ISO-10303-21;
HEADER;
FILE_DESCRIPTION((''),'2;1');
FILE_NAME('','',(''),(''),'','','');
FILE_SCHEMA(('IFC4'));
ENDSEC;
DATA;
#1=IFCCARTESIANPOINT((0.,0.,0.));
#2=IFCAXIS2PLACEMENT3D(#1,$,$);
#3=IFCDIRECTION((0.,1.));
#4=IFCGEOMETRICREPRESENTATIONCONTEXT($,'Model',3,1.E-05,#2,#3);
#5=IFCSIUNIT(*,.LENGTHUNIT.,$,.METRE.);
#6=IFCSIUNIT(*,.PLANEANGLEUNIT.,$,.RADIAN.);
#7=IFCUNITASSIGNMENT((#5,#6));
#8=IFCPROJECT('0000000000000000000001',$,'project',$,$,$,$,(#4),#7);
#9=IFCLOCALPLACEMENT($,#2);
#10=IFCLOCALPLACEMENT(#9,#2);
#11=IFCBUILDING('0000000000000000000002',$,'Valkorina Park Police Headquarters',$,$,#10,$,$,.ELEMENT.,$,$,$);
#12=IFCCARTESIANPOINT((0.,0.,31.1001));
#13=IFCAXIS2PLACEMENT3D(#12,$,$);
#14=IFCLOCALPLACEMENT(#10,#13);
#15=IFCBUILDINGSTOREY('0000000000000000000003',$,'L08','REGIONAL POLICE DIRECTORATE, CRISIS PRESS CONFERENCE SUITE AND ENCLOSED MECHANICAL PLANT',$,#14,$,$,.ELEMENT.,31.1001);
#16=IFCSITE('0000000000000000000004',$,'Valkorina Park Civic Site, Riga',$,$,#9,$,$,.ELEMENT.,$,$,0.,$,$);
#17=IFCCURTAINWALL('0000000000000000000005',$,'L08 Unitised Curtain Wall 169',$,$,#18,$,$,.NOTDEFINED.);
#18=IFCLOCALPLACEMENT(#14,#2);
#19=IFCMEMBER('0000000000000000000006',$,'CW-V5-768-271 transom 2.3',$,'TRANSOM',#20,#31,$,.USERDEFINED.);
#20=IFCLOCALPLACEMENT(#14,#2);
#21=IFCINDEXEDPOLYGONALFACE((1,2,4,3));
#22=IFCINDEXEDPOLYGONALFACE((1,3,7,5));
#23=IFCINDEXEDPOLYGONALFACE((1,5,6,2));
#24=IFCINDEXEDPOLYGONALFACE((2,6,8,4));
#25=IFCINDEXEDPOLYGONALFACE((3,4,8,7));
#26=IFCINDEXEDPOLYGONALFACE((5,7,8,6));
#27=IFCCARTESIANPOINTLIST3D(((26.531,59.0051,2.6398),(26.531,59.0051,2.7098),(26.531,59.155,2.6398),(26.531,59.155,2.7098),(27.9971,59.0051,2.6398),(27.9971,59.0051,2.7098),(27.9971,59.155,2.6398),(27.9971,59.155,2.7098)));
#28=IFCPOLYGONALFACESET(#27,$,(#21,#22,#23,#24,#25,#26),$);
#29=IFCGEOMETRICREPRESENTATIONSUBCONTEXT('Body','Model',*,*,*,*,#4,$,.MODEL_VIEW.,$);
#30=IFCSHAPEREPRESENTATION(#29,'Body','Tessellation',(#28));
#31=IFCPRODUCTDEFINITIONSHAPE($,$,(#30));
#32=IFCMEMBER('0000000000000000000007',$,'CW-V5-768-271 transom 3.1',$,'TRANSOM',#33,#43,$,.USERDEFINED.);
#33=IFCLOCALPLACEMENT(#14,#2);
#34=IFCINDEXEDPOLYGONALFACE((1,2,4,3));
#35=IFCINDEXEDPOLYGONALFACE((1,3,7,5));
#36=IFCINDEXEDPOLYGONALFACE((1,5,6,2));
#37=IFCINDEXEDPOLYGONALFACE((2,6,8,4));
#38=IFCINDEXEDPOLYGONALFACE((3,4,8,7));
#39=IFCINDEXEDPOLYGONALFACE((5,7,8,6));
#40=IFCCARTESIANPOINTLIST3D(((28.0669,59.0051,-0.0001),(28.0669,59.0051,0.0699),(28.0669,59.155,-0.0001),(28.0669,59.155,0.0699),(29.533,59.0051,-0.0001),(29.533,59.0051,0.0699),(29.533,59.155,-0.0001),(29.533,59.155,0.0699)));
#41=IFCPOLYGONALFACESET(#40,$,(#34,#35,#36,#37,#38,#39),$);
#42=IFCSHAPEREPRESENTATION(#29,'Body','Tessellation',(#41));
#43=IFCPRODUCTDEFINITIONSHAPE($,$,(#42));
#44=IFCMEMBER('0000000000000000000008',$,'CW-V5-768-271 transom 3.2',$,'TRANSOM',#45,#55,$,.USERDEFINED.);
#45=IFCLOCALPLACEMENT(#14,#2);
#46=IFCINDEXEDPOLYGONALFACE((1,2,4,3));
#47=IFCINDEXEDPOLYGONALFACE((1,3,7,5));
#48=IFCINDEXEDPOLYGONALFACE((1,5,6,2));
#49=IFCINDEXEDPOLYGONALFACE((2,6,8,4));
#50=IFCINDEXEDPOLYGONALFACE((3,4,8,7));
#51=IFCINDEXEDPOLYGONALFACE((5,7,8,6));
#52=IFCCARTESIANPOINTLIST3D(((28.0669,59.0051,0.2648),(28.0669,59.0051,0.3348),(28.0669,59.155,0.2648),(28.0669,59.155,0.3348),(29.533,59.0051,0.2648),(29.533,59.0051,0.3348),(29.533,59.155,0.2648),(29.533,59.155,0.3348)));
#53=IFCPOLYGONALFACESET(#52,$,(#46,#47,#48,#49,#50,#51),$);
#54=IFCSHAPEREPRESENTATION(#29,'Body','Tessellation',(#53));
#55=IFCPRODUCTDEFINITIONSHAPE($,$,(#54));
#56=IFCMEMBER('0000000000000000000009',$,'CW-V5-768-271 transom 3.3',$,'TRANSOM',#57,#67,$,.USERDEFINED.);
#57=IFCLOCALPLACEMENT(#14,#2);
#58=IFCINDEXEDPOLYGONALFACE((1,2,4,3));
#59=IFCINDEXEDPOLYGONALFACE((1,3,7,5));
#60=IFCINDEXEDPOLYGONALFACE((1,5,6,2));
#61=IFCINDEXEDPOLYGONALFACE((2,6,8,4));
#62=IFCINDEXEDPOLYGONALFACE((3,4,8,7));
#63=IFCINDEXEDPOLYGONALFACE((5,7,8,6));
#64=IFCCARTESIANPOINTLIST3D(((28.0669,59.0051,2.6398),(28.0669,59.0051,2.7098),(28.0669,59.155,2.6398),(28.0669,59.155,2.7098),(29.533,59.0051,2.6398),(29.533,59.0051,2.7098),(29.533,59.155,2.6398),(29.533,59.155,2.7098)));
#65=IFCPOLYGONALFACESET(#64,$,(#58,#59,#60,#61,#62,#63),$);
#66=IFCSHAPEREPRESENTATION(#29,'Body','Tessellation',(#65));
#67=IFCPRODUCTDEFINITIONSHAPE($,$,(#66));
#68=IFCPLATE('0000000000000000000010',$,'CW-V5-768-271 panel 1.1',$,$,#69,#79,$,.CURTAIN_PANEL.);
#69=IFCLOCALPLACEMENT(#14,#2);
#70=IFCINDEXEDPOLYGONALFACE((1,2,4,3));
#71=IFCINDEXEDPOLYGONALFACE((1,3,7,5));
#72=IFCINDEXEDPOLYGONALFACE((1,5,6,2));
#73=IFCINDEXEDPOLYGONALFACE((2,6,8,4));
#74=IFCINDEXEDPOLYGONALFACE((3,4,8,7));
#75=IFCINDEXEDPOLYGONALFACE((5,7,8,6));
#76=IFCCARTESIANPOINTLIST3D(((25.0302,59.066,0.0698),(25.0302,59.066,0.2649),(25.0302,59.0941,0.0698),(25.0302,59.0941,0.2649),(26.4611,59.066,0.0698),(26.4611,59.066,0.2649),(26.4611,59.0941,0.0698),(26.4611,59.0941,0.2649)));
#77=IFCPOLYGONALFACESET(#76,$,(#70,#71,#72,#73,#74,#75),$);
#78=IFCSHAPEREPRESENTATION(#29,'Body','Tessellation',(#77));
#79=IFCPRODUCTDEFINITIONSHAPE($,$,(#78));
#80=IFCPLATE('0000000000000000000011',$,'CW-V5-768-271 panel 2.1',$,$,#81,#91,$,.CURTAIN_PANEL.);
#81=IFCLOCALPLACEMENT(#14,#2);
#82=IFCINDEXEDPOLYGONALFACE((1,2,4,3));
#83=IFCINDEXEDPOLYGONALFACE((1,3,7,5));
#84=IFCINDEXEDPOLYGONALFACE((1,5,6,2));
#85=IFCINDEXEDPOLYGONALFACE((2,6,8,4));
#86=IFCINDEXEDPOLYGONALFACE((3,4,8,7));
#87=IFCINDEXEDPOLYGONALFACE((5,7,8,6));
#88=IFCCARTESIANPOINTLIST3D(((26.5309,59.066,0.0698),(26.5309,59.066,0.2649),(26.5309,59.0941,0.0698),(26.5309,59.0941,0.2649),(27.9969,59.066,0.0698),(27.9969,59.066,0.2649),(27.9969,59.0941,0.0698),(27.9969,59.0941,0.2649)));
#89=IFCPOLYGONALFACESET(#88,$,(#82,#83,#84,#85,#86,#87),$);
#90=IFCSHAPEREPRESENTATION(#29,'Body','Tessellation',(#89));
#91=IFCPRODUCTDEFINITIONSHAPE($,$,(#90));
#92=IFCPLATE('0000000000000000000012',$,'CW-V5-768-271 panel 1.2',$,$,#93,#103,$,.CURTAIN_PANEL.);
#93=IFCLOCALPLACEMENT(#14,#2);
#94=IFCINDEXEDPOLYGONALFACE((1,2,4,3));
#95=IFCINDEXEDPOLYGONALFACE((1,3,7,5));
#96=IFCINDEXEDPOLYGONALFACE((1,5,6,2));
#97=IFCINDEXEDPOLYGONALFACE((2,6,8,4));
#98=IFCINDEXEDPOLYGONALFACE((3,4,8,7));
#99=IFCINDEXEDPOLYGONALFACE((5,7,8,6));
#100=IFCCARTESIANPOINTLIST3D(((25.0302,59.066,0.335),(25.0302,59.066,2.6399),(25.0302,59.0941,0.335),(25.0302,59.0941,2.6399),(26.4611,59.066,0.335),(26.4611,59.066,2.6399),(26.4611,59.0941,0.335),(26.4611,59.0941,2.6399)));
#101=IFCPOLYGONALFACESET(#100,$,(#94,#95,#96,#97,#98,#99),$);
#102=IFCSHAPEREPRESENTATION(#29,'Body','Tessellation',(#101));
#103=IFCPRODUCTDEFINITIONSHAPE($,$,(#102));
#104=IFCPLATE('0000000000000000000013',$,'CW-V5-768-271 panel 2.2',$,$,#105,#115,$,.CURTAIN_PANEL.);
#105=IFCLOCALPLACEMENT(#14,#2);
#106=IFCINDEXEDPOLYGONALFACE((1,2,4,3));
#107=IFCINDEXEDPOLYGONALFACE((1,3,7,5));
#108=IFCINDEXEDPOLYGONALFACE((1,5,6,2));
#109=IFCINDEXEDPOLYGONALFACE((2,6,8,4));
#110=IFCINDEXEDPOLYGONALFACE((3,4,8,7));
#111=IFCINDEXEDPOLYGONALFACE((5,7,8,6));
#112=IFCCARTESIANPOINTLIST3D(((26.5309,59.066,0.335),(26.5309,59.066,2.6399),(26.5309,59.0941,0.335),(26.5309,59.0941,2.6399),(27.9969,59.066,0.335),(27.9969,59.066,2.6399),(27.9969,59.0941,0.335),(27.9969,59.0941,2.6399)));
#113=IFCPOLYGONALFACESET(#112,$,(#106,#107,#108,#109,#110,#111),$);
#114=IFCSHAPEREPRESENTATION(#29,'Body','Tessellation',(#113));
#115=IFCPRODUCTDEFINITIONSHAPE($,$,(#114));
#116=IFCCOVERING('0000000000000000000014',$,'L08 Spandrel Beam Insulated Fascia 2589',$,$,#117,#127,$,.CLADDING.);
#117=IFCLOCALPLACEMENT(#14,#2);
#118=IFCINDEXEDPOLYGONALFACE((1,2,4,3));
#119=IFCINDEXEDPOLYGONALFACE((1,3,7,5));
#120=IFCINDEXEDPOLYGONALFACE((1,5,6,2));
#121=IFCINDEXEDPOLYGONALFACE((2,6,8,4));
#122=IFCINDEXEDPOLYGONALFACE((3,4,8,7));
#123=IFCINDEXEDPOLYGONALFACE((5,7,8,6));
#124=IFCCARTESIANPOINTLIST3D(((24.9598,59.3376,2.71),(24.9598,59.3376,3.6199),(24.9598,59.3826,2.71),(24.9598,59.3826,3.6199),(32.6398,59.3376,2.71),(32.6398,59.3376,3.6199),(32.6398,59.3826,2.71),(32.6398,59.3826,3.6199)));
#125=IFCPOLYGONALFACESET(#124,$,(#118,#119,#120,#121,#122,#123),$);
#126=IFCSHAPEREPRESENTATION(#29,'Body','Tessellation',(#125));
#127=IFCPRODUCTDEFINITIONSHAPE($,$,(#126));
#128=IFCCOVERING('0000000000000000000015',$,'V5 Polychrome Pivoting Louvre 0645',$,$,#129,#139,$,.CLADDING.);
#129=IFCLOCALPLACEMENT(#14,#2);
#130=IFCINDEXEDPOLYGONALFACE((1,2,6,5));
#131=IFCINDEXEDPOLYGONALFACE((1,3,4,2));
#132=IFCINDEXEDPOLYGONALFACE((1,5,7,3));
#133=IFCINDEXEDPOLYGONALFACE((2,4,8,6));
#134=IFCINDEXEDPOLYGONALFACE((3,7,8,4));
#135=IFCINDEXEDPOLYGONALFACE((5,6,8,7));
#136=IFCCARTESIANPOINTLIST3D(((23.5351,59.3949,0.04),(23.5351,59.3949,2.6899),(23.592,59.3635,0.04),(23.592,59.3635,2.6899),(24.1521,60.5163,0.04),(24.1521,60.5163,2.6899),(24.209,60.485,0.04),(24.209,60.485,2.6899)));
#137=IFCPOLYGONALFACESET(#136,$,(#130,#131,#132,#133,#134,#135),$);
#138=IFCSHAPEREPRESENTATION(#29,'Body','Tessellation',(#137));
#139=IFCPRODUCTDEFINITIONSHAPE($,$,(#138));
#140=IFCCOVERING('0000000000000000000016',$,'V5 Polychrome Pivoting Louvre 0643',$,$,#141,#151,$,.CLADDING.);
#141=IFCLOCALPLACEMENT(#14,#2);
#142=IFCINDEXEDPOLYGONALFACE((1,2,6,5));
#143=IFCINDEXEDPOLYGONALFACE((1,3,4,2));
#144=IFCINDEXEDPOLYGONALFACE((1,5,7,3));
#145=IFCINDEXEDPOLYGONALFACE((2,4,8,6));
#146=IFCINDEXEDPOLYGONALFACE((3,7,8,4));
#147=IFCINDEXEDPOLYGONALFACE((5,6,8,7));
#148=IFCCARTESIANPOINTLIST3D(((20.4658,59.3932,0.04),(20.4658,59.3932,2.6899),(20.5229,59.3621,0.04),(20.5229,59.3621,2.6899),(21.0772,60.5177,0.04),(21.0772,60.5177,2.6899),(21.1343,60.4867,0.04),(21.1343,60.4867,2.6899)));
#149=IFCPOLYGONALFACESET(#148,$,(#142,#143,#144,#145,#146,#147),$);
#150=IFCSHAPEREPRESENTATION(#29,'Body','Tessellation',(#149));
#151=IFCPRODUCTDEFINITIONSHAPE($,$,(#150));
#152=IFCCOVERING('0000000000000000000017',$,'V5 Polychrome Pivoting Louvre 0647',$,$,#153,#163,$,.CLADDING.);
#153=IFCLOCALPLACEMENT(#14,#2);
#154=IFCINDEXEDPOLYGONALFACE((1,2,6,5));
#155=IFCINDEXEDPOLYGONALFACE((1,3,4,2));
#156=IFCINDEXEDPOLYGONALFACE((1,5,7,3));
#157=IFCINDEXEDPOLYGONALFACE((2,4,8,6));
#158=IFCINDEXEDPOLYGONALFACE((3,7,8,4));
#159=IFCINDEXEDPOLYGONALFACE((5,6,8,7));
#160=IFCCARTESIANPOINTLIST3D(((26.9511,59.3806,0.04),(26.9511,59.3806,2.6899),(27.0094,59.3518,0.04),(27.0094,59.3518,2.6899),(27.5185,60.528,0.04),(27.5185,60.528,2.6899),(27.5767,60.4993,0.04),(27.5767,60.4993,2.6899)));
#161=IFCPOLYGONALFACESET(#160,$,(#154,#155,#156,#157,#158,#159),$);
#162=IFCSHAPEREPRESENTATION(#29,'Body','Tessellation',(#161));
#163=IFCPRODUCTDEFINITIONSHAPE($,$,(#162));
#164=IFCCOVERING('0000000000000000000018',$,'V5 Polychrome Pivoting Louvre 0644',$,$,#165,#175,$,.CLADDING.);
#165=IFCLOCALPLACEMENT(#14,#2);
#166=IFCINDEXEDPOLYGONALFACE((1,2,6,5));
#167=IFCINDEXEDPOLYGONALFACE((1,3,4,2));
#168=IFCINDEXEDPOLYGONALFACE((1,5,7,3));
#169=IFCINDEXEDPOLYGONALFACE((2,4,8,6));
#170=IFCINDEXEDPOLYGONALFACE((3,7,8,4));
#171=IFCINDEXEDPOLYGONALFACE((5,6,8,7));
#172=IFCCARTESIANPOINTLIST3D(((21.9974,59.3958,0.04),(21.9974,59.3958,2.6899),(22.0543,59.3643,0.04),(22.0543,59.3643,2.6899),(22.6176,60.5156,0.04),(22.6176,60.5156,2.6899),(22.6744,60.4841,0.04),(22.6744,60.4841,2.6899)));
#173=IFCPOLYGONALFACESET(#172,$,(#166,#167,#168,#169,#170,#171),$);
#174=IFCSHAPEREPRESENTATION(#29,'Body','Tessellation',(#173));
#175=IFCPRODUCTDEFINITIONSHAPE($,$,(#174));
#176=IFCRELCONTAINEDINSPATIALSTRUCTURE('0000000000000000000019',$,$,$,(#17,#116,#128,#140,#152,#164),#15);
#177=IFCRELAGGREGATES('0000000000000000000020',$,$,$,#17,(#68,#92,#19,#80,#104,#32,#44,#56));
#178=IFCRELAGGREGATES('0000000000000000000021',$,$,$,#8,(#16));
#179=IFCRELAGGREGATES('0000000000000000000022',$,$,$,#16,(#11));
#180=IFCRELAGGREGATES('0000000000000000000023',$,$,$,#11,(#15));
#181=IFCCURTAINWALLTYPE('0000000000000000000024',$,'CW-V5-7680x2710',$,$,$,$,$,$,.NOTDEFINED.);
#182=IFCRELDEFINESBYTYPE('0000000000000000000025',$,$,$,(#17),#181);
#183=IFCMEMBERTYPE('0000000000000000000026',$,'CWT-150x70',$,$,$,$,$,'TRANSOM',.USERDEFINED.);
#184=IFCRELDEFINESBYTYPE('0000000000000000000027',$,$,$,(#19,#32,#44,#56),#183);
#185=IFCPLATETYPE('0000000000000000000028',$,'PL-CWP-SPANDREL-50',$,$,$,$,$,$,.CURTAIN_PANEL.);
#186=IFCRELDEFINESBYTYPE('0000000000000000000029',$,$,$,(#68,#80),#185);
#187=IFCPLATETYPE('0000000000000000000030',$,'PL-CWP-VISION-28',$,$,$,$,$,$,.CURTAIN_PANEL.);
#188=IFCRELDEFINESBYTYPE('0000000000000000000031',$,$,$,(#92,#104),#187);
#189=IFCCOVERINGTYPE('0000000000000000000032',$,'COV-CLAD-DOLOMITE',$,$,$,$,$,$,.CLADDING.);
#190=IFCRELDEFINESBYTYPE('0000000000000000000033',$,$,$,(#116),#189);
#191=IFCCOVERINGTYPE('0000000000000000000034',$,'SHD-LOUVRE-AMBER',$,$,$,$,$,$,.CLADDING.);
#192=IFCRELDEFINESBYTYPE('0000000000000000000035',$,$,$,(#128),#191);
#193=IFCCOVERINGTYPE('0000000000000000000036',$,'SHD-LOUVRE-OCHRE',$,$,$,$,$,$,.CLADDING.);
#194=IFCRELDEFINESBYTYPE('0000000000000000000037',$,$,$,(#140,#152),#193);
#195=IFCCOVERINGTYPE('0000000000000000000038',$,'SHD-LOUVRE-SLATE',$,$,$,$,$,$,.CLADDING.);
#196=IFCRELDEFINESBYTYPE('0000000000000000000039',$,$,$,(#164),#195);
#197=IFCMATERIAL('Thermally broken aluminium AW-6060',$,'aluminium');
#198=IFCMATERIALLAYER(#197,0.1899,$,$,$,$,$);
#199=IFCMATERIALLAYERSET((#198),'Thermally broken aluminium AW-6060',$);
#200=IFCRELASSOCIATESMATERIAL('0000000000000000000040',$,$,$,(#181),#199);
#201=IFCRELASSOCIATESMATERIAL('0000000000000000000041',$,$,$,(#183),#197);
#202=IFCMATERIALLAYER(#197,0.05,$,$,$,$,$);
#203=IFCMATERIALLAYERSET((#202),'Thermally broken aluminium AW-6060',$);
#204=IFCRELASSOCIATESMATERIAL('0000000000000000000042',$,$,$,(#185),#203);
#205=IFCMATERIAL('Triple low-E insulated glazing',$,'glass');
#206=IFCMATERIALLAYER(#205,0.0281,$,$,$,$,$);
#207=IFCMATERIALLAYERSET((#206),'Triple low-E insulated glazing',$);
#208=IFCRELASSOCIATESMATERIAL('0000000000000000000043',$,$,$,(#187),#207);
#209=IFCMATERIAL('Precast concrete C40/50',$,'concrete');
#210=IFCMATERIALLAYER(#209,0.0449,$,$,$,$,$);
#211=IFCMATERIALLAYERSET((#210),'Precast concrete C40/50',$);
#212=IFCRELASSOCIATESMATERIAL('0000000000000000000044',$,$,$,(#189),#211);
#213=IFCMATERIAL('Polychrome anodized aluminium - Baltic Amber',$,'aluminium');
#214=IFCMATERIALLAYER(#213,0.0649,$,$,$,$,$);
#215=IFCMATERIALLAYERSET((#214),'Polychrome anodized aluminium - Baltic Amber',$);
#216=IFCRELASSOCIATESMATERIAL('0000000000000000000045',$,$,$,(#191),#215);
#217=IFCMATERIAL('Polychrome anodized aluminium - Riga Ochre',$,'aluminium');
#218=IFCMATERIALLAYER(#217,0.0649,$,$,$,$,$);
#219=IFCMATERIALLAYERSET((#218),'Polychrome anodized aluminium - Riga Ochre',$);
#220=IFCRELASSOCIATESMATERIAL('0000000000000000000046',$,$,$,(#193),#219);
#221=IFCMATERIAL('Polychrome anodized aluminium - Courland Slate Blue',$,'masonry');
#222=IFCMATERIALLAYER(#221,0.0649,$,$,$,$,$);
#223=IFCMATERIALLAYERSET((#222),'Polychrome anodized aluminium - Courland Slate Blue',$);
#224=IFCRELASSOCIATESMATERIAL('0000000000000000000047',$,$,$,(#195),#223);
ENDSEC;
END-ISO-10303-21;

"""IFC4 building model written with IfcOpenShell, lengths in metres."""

from ifc_helpers import new_model, si_unit, direction, frame, frame_2d, origin, origin_2d, place, context, subcontext, project, spatial, rectangle, extrude, material, layer, layer_set, material_profile, profile_set, type_object, element, aggregate, save


model = new_model("IFC4")

# Units and contexts
model_context = context("Model", 3, precision=1e-05, world=origin(), true_north=direction((0.0, 1.0)))
body_context = subcontext(model_context, "Body", "Model", "MODEL_VIEW")
ifc_project = project(units=[si_unit("LENGTHUNIT", "METRE"), si_unit("PLANEANGLEUNIT", "RADIAN")], contexts=[model_context])

# Site, building, storey
site_placement = place(None, origin())
site = spatial("IfcSite", under=ifc_project, at=site_placement, Name="Valkorina Park Civic Site, Riga", CompositionType="ELEMENT", RefElevation=0.0)
building_placement = place(site_placement, origin())
building = spatial("IfcBuilding", under=site, at=building_placement, Name="Valkorina Park Police Headquarters", CompositionType="ELEMENT")
storey_placement = place(building_placement, frame((0.0, 0.0, 31.1001)))
storey = spatial("IfcBuildingStorey", under=building, at=storey_placement, Name="L08", Description="REGIONAL POLICE DIRECTORATE, CRISIS PRESS CONFERENCE SUITE AND ENCLOSED MECHANICAL PLANT", CompositionType="ELEMENT", Elevation=31.1001)

# Curtain wall, members, plates
ifc_material_1 = material(Name="Thermally broken aluminium AW-6060", Category="aluminium")
ifc_layer_1 = layer(ifc_material_1, 0.1899)
ifc_layer_set_1 = layer_set([ifc_layer_1], Name="Thermally broken aluminium AW-6060")
curtain_wall_type = type_object("IfcCurtainWallType", Name="CW-V5-7680x2710", PredefinedType="NOTDEFINED", material=ifc_layer_set_1)
curtain_wall_placement = place(storey_placement, origin())
curtain_wall = element("IfcCurtainWall", 1, at=curtain_wall_placement, inside=storey, type_object=curtain_wall_type, Name="L08 Unitised Curtain Wall 169", PredefinedType="NOTDEFINED")
ifc_material_profile_1 = material_profile(ifc_material_1, rectangle(XDim=0.1499, YDim=0.0701, at=origin_2d()), Name="CWT-02 150x70")
ifc_profile_set_1 = profile_set([ifc_material_profile_1], Name="Thermally broken aluminium AW-6060")
member_type_1 = type_object("IfcMemberType", Name="CWT-150x70", ElementType="TRANSOM", PredefinedType="USERDEFINED", material=ifc_profile_set_1)
member_1_placement = place(storey_placement, frame((26.531, 59.0801, 2.6748), z_axis=(1.0, 0.0, 0.0), x_axis=(0.0, 1.0, 0.0)))
member_1 = element("IfcMember", 2, at=member_1_placement, type_object=member_type_1, Name="CW-V5-768-271 transom 2.3", ObjectType="TRANSOM", PredefinedType="USERDEFINED", context=body_context, shape_type="SweptSolid", body=[
    extrude(rectangle(XDim=0.1499, YDim=0.0701, at=origin_2d()), origin(), (0.0, 0.0, 1.0), 1.4661),
])
member_2_placement = place(storey_placement, frame((28.0669, 59.0801, 0.0349), z_axis=(1.0, 0.0, 0.0), x_axis=(0.0, 1.0, 0.0)))
member_2 = element("IfcMember", 3, at=member_2_placement, type_object=member_type_1, Name="CW-V5-768-271 transom 3.1", ObjectType="TRANSOM", PredefinedType="USERDEFINED", context=body_context, shape_type="SweptSolid", body=[
    extrude(rectangle(XDim=0.1499, YDim=0.0701, at=origin_2d()), origin(), (0.0, 0.0, 1.0), 1.4661),
])
member_3_placement = place(storey_placement, frame((28.0669, 59.0801, 0.2998), z_axis=(1.0, 0.0, 0.0), x_axis=(0.0, 1.0, 0.0)))
member_3 = element("IfcMember", 4, at=member_3_placement, type_object=member_type_1, Name="CW-V5-768-271 transom 3.2", ObjectType="TRANSOM", PredefinedType="USERDEFINED", context=body_context, shape_type="SweptSolid", body=[
    extrude(rectangle(XDim=0.1499, YDim=0.0701, at=origin_2d()), origin(), (0.0, 0.0, 1.0), 1.4661),
])
member_4_placement = place(storey_placement, frame((28.0669, 59.0801, 2.6748), z_axis=(1.0, 0.0, 0.0), x_axis=(0.0, 1.0, 0.0)))
member_4 = element("IfcMember", 5, at=member_4_placement, type_object=member_type_1, Name="CW-V5-768-271 transom 3.3", ObjectType="TRANSOM", PredefinedType="USERDEFINED", context=body_context, shape_type="SweptSolid", body=[
    extrude(rectangle(XDim=0.1499, YDim=0.0701, at=origin_2d()), origin(), (0.0, 0.0, 1.0), 1.4661),
])
ifc_layer_2 = layer(ifc_material_1, 0.05)
ifc_layer_set_2 = layer_set([ifc_layer_2], Name="Thermally broken aluminium AW-6060")
plate_type_1 = type_object("IfcPlateType", Name="PL-CWP-SPANDREL-50", PredefinedType="CURTAIN_PANEL", material=ifc_layer_set_2)
plate_1_placement = place(storey_placement, frame((25.7456, 59.0801, 0.0698), z_axis=(0.0, 0.0, 1.0), x_axis=(1.0, 0.0, 0.0)))
plate_1 = element("IfcPlate", 6, at=plate_1_placement, type_object=plate_type_1, Name="CW-V5-768-271 panel 1.1", PredefinedType="CURTAIN_PANEL", context=body_context, shape_type="SweptSolid", body=[
    extrude(rectangle(XDim=1.4309, YDim=0.0281, at=origin_2d()), origin(), (0.0, 0.0, 1.0), 0.1951),
])
plate_2_placement = place(storey_placement, frame((27.2639, 59.0801, 0.0698), z_axis=(0.0, 0.0, 1.0), x_axis=(1.0, 0.0, 0.0)))
plate_2 = element("IfcPlate", 7, at=plate_2_placement, type_object=plate_type_1, Name="CW-V5-768-271 panel 2.1", PredefinedType="CURTAIN_PANEL", context=body_context, shape_type="SweptSolid", body=[
    extrude(rectangle(XDim=1.4661, YDim=0.0281, at=origin_2d()), origin(), (0.0, 0.0, 1.0), 0.1951),
])
ifc_material_2 = material(Name="Triple low-E insulated glazing", Category="glass")
ifc_layer_3 = layer(ifc_material_2, 0.0281)
ifc_layer_set_3 = layer_set([ifc_layer_3], Name="Triple low-E insulated glazing")
plate_type_2 = type_object("IfcPlateType", Name="PL-CWP-VISION-28", PredefinedType="CURTAIN_PANEL", material=ifc_layer_set_3)
plate_3_placement = place(storey_placement, frame((25.7456, 59.0801, 0.335), z_axis=(0.0, 0.0, 1.0), x_axis=(1.0, 0.0, 0.0)))
plate_3 = element("IfcPlate", 8, at=plate_3_placement, type_object=plate_type_2, Name="CW-V5-768-271 panel 1.2", PredefinedType="CURTAIN_PANEL", context=body_context, shape_type="SweptSolid", body=[
    extrude(rectangle(XDim=1.4309, YDim=0.0281, at=origin_2d()), origin(), (0.0, 0.0, 1.0), 2.3049),
])
plate_4_placement = place(storey_placement, frame((27.2639, 59.0801, 0.335), z_axis=(0.0, 0.0, 1.0), x_axis=(1.0, 0.0, 0.0)))
plate_4 = element("IfcPlate", 9, at=plate_4_placement, type_object=plate_type_2, Name="CW-V5-768-271 panel 2.2", PredefinedType="CURTAIN_PANEL", context=body_context, shape_type="SweptSolid", body=[
    extrude(rectangle(XDim=1.4661, YDim=0.0281, at=origin_2d()), origin(), (0.0, 0.0, 1.0), 2.3049),
])
aggregate(curtain_wall, [plate_1, plate_3, member_1, plate_2, plate_4, member_2, member_3, member_4])

# Coverings
ifc_material_3 = material(Name="Precast concrete C40/50", Category="concrete")
ifc_layer_4 = layer(ifc_material_3, 0.0449)
ifc_layer_set_4 = layer_set([ifc_layer_4], Name="Precast concrete C40/50")
covering_type_1 = type_object("IfcCoveringType", Name="COV-CLAD-DOLOMITE", PredefinedType="CLADDING", material=ifc_layer_set_4)
covering_1_placement = place(storey_placement, frame((24.96, 59.3601, 2.71), z_axis=(0.0, 0.0, 1.0), x_axis=(1.0, 0.0, 0.0)))
element("IfcCovering", 10, at=covering_1_placement, inside=storey, type_object=covering_type_1, Name="L08 Spandrel Beam Insulated Fascia 2589", PredefinedType="CLADDING", context=body_context, shape_type="SweptSolid", body=[
    extrude(rectangle(XDim=7.6799, YDim=0.0449, at=frame_2d((3.8398, 0.0))), origin(), (0.0, 0.0, 1.0), 0.9099),
])
ifc_material_4 = material(Name="Polychrome anodized aluminium - Baltic Amber", Category="aluminium")
ifc_layer_5 = layer(ifc_material_4, 0.0649)
ifc_layer_set_5 = layer_set([ifc_layer_5], Name="Polychrome anodized aluminium - Baltic Amber")
covering_type_2 = type_object("IfcCoveringType", Name="SHD-LOUVRE-AMBER", PredefinedType="CLADDING", material=ifc_layer_set_5)
covering_2_placement = place(storey_placement, frame((23.8721, 59.9399, 0.04), z_axis=(0.0, 0.0, 1.0), x_axis=(0.48206, 0.876138, 0.0)))
element("IfcCovering", 11, at=covering_2_placement, inside=storey, type_object=covering_type_2, Name="V5 Polychrome Pivoting Louvre 0645", PredefinedType="CLADDING", context=body_context, shape_type="SweptSolid", body=[
    extrude(rectangle(XDim=1.28, YDim=0.0649, at=origin_2d()), origin(), (0.0, 0.0, 1.0), 2.6499),
])
ifc_material_5 = material(Name="Polychrome anodized aluminium - Riga Ochre", Category="aluminium")
ifc_layer_6 = layer(ifc_material_5, 0.0649)
ifc_layer_set_6 = layer_set([ifc_layer_6], Name="Polychrome anodized aluminium - Riga Ochre")
covering_type_3 = type_object("IfcCoveringType", Name="SHD-LOUVRE-OCHRE", PredefinedType="CLADDING", material=ifc_layer_set_6)
for number, where, z_axis, x_axis, name in (
    (12, (20.8, 59.9399, 0.04), (0.0, 0.0, 1.0), (0.477619, 0.878567, 0.0), "V5 Polychrome Pivoting Louvre 0643"),
    (13, (27.2639, 59.9399, 0.04), (0.0, 0.0, 1.0), (0.443228, 0.896409, 0.0), "V5 Polychrome Pivoting Louvre 0647"),
):
    element("IfcCovering", number, at=place(storey_placement, frame(where, z_axis=z_axis, x_axis=x_axis)), inside=storey, type_object=covering_type_3, Name=name, PredefinedType="CLADDING", context=body_context, shape_type="SweptSolid", body=[
        extrude(rectangle(XDim=1.28, YDim=0.0649, at=origin_2d()), origin(), (0.0, 0.0, 1.0), 2.6499),
    ])
ifc_material_6 = material(Name="Polychrome anodized aluminium - Courland Slate Blue", Category="masonry")
ifc_layer_7 = layer(ifc_material_6, 0.0649)
ifc_layer_set_7 = layer_set([ifc_layer_7], Name="Polychrome anodized aluminium - Courland Slate Blue")
covering_type_4 = type_object("IfcCoveringType", Name="SHD-LOUVRE-SLATE", PredefinedType="CLADDING", material=ifc_layer_set_7)
covering_3_placement = place(storey_placement, frame((22.3359, 59.9399, 0.04), z_axis=(0.0, 0.0, 1.0), x_axis=(0.484504, 0.874789, 0.0)))
element("IfcCovering", 14, at=covering_3_placement, inside=storey, type_object=covering_type_4, Name="V5 Polychrome Pivoting Louvre 0644", PredefinedType="CLADDING", context=body_context, shape_type="SweptSolid", body=[
    extrude(rectangle(XDim=1.28, YDim=0.0649, at=origin_2d()), origin(), (0.0, 0.0, 1.0), 2.6499),
])

save(model, "model.ifc")
